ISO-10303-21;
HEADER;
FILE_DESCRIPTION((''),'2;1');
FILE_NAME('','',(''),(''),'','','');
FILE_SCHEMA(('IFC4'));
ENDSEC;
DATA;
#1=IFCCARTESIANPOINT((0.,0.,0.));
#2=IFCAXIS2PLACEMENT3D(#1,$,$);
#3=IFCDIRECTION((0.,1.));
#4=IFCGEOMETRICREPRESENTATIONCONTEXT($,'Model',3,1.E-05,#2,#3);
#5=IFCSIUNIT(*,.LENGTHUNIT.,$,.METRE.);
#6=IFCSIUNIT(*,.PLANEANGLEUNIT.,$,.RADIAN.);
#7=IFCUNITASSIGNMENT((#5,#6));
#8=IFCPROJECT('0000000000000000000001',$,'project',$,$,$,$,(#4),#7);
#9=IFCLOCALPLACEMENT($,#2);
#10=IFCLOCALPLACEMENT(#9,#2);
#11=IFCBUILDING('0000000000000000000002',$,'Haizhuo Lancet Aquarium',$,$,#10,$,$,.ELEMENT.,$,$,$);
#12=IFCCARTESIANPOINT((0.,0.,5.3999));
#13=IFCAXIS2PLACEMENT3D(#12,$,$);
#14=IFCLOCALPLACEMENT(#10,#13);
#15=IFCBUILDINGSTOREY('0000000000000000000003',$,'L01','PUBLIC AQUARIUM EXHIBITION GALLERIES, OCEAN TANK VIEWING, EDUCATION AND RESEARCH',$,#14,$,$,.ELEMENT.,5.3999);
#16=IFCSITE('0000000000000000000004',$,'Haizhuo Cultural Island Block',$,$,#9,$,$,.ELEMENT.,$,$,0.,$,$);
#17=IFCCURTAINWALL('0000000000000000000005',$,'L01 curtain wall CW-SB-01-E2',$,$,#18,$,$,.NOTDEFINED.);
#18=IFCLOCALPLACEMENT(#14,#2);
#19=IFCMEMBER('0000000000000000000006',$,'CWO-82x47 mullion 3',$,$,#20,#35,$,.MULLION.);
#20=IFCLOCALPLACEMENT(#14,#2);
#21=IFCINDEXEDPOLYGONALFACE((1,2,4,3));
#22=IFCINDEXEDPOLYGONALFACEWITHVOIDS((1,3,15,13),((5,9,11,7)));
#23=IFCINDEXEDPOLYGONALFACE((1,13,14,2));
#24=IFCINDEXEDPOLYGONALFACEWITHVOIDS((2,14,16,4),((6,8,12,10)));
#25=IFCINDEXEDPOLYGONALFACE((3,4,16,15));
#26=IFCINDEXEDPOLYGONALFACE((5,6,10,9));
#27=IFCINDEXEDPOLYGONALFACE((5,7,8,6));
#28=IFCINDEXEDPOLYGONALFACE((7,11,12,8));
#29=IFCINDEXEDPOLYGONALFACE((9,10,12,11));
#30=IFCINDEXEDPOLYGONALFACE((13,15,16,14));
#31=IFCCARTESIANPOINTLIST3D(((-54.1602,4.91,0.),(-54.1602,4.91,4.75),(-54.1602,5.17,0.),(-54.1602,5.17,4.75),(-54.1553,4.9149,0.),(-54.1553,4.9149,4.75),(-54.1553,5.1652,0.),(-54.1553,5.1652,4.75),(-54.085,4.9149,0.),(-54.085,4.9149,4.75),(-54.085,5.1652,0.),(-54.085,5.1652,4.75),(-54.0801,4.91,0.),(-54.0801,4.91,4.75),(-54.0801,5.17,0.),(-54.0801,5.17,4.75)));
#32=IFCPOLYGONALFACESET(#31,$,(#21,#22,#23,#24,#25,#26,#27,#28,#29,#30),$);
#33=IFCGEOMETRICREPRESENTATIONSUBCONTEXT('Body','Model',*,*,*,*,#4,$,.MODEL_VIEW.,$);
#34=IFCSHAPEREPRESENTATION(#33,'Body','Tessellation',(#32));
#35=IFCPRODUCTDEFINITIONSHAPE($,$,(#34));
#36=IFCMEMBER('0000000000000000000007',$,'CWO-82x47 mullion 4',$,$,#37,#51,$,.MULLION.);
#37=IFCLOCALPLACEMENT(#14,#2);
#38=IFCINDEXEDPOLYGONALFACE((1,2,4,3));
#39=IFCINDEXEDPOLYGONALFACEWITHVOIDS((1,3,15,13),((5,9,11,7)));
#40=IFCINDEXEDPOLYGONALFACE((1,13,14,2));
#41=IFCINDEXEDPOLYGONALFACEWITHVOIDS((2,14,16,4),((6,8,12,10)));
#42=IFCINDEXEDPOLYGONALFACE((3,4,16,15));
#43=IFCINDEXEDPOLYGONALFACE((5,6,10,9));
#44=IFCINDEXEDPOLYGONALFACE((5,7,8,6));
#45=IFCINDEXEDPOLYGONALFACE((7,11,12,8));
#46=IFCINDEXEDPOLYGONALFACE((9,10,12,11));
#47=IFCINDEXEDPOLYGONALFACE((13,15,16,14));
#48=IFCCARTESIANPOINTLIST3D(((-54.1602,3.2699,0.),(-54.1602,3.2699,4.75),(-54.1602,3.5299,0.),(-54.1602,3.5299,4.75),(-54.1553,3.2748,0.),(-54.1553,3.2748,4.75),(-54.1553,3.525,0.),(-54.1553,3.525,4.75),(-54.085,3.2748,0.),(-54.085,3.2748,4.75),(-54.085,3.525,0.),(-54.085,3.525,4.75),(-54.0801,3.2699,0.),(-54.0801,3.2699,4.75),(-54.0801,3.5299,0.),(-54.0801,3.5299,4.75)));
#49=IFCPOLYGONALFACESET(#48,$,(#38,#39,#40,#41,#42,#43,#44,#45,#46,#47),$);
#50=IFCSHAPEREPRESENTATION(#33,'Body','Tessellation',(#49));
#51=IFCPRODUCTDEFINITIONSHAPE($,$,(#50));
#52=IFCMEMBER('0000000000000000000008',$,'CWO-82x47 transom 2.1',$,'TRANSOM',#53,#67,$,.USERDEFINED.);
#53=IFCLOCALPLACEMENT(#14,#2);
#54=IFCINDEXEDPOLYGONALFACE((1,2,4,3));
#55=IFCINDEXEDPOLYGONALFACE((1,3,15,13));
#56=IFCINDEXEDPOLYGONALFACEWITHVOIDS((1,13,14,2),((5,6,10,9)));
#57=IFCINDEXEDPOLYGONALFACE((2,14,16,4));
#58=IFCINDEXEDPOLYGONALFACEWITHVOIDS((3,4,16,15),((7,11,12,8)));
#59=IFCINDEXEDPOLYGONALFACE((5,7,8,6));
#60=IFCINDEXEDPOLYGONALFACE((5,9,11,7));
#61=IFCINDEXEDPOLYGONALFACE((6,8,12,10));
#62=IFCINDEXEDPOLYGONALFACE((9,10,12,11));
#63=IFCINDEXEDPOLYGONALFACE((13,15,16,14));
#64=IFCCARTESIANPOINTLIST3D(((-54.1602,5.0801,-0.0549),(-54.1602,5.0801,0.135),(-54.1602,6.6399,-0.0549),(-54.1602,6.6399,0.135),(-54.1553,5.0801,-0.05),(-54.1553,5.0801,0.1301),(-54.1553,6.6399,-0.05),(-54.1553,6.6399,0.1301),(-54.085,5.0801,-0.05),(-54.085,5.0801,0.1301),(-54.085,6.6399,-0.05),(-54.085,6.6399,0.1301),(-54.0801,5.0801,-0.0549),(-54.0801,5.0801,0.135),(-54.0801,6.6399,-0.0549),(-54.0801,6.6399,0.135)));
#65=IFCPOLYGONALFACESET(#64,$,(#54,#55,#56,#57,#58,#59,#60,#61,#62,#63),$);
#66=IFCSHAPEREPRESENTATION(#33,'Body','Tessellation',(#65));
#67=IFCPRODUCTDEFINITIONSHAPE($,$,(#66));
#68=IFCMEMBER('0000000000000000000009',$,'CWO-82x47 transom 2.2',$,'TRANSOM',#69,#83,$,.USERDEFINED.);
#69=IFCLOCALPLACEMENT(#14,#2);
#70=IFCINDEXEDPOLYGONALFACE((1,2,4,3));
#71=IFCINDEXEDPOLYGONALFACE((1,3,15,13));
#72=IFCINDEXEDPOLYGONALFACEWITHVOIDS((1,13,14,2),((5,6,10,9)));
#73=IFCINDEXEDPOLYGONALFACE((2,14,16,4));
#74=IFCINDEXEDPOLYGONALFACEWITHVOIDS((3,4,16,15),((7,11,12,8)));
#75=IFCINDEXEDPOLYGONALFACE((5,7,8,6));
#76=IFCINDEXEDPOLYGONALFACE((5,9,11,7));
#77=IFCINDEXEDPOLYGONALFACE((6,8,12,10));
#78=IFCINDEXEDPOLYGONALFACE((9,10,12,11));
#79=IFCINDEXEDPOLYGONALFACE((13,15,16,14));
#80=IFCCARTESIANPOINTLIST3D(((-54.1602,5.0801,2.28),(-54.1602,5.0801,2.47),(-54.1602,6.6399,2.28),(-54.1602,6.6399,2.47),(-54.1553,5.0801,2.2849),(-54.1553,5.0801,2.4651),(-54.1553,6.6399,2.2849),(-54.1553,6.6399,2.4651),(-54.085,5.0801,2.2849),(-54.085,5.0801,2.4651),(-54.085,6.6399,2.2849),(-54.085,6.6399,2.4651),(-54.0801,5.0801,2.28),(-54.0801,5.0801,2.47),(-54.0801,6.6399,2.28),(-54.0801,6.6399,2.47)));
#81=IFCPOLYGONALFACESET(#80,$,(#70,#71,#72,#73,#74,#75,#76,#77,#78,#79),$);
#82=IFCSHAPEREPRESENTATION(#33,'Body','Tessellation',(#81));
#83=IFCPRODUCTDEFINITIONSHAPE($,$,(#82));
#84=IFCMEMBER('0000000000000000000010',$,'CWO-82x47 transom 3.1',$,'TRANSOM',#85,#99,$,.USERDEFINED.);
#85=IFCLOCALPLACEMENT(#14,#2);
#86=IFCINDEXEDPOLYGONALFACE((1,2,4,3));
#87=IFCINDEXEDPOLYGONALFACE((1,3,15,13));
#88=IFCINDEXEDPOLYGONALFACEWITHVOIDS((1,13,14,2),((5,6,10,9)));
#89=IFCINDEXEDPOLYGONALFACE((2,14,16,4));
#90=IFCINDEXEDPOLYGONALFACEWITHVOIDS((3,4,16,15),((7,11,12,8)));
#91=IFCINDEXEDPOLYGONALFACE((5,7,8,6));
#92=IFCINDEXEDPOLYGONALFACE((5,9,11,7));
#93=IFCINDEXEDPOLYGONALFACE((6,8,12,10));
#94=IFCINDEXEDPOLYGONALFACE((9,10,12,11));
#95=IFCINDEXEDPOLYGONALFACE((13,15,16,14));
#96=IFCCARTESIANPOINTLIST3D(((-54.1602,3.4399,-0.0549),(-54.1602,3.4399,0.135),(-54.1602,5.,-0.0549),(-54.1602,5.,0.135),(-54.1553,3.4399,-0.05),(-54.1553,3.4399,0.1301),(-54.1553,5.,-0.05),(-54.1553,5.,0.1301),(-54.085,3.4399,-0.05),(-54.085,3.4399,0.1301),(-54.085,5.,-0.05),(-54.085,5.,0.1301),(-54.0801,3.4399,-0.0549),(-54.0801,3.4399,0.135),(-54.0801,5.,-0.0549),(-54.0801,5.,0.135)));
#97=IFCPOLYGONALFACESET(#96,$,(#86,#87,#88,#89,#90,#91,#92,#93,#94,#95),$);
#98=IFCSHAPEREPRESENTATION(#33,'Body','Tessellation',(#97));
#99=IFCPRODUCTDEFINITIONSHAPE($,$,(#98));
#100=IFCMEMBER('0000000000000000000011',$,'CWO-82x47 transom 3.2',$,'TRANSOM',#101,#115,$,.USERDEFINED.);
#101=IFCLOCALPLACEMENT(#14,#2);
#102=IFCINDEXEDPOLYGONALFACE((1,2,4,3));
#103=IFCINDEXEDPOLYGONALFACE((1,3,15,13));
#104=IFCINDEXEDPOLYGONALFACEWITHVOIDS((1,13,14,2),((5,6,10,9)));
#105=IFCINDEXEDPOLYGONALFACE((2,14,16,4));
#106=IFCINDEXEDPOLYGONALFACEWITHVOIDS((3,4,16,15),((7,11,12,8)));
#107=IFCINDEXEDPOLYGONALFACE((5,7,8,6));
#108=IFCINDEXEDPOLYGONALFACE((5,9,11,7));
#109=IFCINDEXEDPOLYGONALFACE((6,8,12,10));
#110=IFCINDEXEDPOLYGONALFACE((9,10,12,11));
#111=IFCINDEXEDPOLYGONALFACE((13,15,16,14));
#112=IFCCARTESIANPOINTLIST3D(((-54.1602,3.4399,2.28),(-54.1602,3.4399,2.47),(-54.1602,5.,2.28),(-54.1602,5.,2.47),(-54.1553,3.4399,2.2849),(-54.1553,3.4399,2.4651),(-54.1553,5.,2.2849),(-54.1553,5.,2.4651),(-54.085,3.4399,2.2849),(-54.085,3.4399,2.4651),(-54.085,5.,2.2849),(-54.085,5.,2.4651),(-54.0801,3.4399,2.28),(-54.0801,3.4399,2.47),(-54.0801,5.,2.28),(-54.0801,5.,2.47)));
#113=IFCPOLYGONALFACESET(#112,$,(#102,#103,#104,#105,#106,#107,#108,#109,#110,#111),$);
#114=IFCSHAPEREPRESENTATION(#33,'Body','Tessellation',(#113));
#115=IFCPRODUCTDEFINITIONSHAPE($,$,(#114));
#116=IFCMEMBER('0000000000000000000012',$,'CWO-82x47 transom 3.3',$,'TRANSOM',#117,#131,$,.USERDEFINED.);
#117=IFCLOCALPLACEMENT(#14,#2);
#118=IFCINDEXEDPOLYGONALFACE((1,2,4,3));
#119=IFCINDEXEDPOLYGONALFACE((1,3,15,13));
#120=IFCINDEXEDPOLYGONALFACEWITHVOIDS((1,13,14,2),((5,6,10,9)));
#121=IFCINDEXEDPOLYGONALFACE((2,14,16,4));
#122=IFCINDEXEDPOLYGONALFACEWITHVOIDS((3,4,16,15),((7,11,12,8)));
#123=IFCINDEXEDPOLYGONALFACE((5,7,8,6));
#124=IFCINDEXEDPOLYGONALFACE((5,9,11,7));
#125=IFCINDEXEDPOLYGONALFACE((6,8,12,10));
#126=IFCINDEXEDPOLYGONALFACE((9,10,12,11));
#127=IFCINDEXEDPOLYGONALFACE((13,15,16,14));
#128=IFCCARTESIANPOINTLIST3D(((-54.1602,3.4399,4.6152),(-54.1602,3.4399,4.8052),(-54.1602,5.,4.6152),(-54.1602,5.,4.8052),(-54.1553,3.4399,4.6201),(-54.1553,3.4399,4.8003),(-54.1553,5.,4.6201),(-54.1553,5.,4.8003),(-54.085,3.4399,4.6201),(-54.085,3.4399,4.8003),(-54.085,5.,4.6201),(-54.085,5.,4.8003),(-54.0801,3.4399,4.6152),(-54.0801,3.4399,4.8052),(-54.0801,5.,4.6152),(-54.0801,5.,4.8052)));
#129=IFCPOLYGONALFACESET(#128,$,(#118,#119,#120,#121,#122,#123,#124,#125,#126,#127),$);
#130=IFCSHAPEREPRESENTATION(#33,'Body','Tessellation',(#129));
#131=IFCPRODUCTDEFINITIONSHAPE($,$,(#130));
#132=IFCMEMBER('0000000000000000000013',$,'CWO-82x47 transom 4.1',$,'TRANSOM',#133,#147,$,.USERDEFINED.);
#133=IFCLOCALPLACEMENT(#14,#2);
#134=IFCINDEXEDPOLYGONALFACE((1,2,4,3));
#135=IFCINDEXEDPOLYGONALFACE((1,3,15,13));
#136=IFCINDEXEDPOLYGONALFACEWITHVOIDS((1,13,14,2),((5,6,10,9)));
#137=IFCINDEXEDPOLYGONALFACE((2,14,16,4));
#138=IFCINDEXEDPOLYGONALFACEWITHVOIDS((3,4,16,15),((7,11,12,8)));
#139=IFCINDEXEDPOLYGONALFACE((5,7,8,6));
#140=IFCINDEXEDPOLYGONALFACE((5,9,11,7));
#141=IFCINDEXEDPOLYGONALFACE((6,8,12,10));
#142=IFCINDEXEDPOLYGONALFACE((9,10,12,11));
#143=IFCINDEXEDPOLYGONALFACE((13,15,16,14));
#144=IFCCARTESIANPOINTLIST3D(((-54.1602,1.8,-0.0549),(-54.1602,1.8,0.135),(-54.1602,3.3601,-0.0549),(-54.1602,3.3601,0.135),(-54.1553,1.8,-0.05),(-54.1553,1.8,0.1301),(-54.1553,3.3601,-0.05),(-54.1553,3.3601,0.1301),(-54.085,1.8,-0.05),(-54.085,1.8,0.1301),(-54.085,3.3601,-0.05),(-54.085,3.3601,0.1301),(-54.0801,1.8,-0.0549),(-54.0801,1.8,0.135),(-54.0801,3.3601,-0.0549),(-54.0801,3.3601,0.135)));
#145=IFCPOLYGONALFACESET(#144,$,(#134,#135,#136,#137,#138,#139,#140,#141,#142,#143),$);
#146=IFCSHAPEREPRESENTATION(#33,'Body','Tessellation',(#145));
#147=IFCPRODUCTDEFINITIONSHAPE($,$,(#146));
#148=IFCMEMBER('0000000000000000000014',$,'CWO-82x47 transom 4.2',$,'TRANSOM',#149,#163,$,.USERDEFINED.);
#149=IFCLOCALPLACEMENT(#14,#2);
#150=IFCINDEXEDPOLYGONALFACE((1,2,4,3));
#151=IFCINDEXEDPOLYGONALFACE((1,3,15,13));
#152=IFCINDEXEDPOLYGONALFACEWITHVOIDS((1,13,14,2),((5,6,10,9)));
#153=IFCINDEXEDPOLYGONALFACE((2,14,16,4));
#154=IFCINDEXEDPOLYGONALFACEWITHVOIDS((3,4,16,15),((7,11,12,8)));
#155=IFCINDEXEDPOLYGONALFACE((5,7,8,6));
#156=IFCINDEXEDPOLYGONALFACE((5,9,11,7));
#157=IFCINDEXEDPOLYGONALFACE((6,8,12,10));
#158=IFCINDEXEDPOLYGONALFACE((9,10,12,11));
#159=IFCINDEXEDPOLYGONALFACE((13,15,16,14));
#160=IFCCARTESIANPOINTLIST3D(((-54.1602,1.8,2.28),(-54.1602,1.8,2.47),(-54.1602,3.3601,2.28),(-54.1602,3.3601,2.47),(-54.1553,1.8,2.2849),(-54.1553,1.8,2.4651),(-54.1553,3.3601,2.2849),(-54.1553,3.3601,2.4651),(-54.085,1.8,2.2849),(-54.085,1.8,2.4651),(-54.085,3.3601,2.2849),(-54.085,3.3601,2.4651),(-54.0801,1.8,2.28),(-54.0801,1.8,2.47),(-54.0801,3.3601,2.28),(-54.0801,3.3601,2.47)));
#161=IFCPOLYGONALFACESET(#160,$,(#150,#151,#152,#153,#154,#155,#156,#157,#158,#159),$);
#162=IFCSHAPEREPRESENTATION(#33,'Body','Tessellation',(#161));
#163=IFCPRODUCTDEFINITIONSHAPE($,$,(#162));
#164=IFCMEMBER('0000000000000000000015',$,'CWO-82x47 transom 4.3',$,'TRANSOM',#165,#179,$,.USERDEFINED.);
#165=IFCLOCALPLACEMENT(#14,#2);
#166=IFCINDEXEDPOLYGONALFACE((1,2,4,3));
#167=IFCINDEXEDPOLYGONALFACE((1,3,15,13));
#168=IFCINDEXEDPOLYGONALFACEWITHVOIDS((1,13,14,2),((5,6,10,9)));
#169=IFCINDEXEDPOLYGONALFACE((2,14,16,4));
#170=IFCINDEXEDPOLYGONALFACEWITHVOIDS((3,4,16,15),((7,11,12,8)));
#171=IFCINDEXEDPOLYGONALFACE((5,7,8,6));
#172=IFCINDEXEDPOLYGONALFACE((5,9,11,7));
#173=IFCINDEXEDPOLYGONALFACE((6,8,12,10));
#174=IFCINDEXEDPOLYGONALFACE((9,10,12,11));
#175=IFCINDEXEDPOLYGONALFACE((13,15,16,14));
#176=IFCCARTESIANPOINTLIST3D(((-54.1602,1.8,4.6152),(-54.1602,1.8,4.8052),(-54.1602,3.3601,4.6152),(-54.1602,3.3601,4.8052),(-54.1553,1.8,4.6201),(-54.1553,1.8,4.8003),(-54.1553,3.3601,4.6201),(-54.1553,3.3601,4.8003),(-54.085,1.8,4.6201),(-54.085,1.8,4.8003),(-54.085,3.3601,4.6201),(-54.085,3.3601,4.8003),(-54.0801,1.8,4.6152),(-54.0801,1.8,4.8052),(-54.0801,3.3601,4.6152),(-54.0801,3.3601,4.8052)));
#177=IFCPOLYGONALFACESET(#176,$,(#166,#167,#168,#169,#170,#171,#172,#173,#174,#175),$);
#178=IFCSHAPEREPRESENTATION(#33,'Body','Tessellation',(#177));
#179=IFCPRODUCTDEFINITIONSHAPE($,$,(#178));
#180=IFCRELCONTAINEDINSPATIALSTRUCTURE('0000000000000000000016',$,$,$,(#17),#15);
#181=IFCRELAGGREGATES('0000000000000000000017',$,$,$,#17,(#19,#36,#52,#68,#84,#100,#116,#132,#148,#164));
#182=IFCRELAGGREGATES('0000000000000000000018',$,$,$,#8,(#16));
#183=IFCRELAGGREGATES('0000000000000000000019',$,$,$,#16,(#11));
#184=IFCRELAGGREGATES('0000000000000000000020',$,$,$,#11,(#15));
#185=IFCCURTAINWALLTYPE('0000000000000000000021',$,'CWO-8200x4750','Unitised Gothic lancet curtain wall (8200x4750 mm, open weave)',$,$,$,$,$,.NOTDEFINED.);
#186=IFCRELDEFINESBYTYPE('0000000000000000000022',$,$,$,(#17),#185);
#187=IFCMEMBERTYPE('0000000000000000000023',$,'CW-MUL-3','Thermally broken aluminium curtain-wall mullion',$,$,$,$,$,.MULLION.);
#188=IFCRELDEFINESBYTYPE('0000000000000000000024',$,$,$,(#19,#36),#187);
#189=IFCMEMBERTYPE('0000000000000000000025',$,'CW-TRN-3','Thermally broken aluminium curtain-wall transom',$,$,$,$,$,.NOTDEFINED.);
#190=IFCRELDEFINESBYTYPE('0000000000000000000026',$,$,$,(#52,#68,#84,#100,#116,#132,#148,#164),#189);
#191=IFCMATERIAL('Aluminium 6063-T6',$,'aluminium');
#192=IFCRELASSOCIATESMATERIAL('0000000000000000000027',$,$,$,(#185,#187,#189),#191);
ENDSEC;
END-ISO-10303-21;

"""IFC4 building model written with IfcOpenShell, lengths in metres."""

from ifc_helpers import new_model, si_unit, direction, frame, origin, origin_2d, place, context, subcontext, project, spatial, hollow_rectangle, extrude, material, material_profile, profile_set, type_object, element, aggregate, save


model = new_model("IFC4")

# Units and contexts
model_context = context("Model", 3, precision=1e-05, world=origin(), true_north=direction((0.0, 1.0)))
body_context = subcontext(model_context, "Body", "Model", "MODEL_VIEW")
ifc_project = project(units=[si_unit("LENGTHUNIT", "METRE"), si_unit("PLANEANGLEUNIT", "RADIAN")], contexts=[model_context])

# Site, building, storey
site_placement = place(None, origin())
site = spatial("IfcSite", under=ifc_project, at=site_placement, Name="Haizhuo Cultural Island Block", CompositionType="ELEMENT", RefElevation=0.0)
building_placement = place(site_placement, origin())
building = spatial("IfcBuilding", under=site, at=building_placement, Name="Haizhuo Lancet Aquarium", CompositionType="ELEMENT")
storey_placement = place(building_placement, frame((0.0, 0.0, 5.3999)))
storey = spatial("IfcBuildingStorey", under=building, at=storey_placement, Name="L01", Description="PUBLIC AQUARIUM EXHIBITION GALLERIES, OCEAN TANK VIEWING, EDUCATION AND RESEARCH", CompositionType="ELEMENT", Elevation=5.3999)

# Curtain wall, members
ifc_material_1 = material(Name="Aluminium 6063-T6", Category="aluminium")
curtain_wall_type = type_object("IfcCurtainWallType", Name="CWO-8200x4750", Description="Unitised Gothic lancet curtain wall (8200x4750 mm, open weave)", PredefinedType="NOTDEFINED", material=ifc_material_1)
curtain_wall_placement = place(storey_placement, origin())
curtain_wall = element("IfcCurtainWall", 1, at=curtain_wall_placement, inside=storey, type_object=curtain_wall_type, Name="L01 curtain wall CW-SB-01-E2", PredefinedType="NOTDEFINED")
ifc_material_profile_1 = material_profile(ifc_material_1, hollow_rectangle(XDim=0.0801, YDim=0.26, WallThickness=0.0049, at=origin_2d()), Name="ALU-M 80x260x5")
ifc_profile_set_1 = profile_set([ifc_material_profile_1], Name="Aluminium 6063-T6")
member_type_1 = type_object("IfcMemberType", Name="CW-MUL-3", Description="Thermally broken aluminium curtain-wall mullion", PredefinedType="MULLION", material=ifc_profile_set_1)
member_1_placement = place(storey_placement, frame((-54.1201, 5.04, 0.0), z_axis=(0.0, 0.0, 1.0), x_axis=(1.0, 0.0, 0.0)))
member_1 = element("IfcMember", 2, at=member_1_placement, type_object=member_type_1, Name="CWO-82x47 mullion 3", PredefinedType="MULLION", context=body_context, shape_type="SweptSolid", body=[
    extrude(hollow_rectangle(XDim=0.0801, YDim=0.26, WallThickness=0.0049, at=origin_2d()), origin(), (0.0, 0.0, 1.0), 4.75),
])
member_2_placement = place(storey_placement, frame((-54.1201, 3.3999, 0.0), z_axis=(0.0, 0.0, 1.0), x_axis=(1.0, 0.0, 0.0)))
member_2 = element("IfcMember", 3, at=member_2_placement, type_object=member_type_1, Name="CWO-82x47 mullion 4", PredefinedType="MULLION", context=body_context, shape_type="SweptSolid", body=[
    extrude(hollow_rectangle(XDim=0.0801, YDim=0.26, WallThickness=0.0049, at=origin_2d()), origin(), (0.0, 0.0, 1.0), 4.75),
])
ifc_material_profile_2 = material_profile(ifc_material_1, hollow_rectangle(XDim=0.0801, YDim=0.1899, WallThickness=0.0049, at=origin_2d()), Name="ALU-T 80x190x5")
ifc_profile_set_2 = profile_set([ifc_material_profile_2], Name="Aluminium 6063-T6")
member_type_2 = type_object("IfcMemberType", Name="CW-TRN-3", Description="Thermally broken aluminium curtain-wall transom", PredefinedType="NOTDEFINED", material=ifc_profile_set_2)
member_3_placement = place(storey_placement, frame((-54.1201, 6.6399, 0.04), z_axis=(0.0, -1.0, 0.0), x_axis=(1.0, 0.0, 0.0)))
member_3 = element("IfcMember", 4, at=member_3_placement, type_object=member_type_2, Name="CWO-82x47 transom 2.1", ObjectType="TRANSOM", PredefinedType="USERDEFINED", context=body_context, shape_type="SweptSolid", body=[
    extrude(hollow_rectangle(XDim=0.0801, YDim=0.1899, WallThickness=0.0049, at=origin_2d()), origin(), (0.0, 0.0, 1.0), 1.5598),
])
member_4_placement = place(storey_placement, frame((-54.1201, 6.6399, 2.375), z_axis=(0.0, -1.0, 0.0), x_axis=(1.0, 0.0, 0.0)))
member_4 = element("IfcMember", 5, at=member_4_placement, type_object=member_type_2, Name="CWO-82x47 transom 2.2", ObjectType="TRANSOM", PredefinedType="USERDEFINED", context=body_context, shape_type="SweptSolid", body=[
    extrude(hollow_rectangle(XDim=0.0801, YDim=0.1899, WallThickness=0.0049, at=origin_2d()), origin(), (0.0, 0.0, 1.0), 1.5598),
])
member_5_placement = place(storey_placement, frame((-54.1201, 5.0, 0.04), z_axis=(0.0, -1.0, 0.0), x_axis=(1.0, 0.0, 0.0)))
member_5 = element("IfcMember", 6, at=member_5_placement, type_object=member_type_2, Name="CWO-82x47 transom 3.1", ObjectType="TRANSOM", PredefinedType="USERDEFINED", context=body_context, shape_type="SweptSolid", body=[
    extrude(hollow_rectangle(XDim=0.0801, YDim=0.1899, WallThickness=0.0049, at=origin_2d()), origin(), (0.0, 0.0, 1.0), 1.5601),
])
member_6_placement = place(storey_placement, frame((-54.1201, 5.0, 2.375), z_axis=(0.0, -1.0, 0.0), x_axis=(1.0, 0.0, 0.0)))
member_6 = element("IfcMember", 7, at=member_6_placement, type_object=member_type_2, Name="CWO-82x47 transom 3.2", ObjectType="TRANSOM", PredefinedType="USERDEFINED", context=body_context, shape_type="SweptSolid", body=[
    extrude(hollow_rectangle(XDim=0.0801, YDim=0.1899, WallThickness=0.0049, at=origin_2d()), origin(), (0.0, 0.0, 1.0), 1.5601),
])
member_7_placement = place(storey_placement, frame((-54.1201, 5.0, 4.7102), z_axis=(0.0, -1.0, 0.0), x_axis=(1.0, 0.0, 0.0)))
member_7 = element("IfcMember", 8, at=member_7_placement, type_object=member_type_2, Name="CWO-82x47 transom 3.3", ObjectType="TRANSOM", PredefinedType="USERDEFINED", context=body_context, shape_type="SweptSolid", body=[
    extrude(hollow_rectangle(XDim=0.0801, YDim=0.1899, WallThickness=0.0049, at=origin_2d()), origin(), (0.0, 0.0, 1.0), 1.5601),
])
member_8_placement = place(storey_placement, frame((-54.1201, 3.3601, 0.04), z_axis=(0.0, -1.0, 0.0), x_axis=(1.0, 0.0, 0.0)))
member_8 = element("IfcMember", 9, at=member_8_placement, type_object=member_type_2, Name="CWO-82x47 transom 4.1", ObjectType="TRANSOM", PredefinedType="USERDEFINED", context=body_context, shape_type="SweptSolid", body=[
    extrude(hollow_rectangle(XDim=0.0801, YDim=0.1899, WallThickness=0.0049, at=origin_2d()), origin(), (0.0, 0.0, 1.0), 1.5601),
])
member_9_placement = place(storey_placement, frame((-54.1201, 3.3601, 2.375), z_axis=(0.0, -1.0, 0.0), x_axis=(1.0, 0.0, 0.0)))
member_9 = element("IfcMember", 10, at=member_9_placement, type_object=member_type_2, Name="CWO-82x47 transom 4.2", ObjectType="TRANSOM", PredefinedType="USERDEFINED", context=body_context, shape_type="SweptSolid", body=[
    extrude(hollow_rectangle(XDim=0.0801, YDim=0.1899, WallThickness=0.0049, at=origin_2d()), origin(), (0.0, 0.0, 1.0), 1.5601),
])
member_10_placement = place(storey_placement, frame((-54.1201, 3.3601, 4.7102), z_axis=(0.0, -1.0, 0.0), x_axis=(1.0, 0.0, 0.0)))
member_10 = element("IfcMember", 11, at=member_10_placement, type_object=member_type_2, Name="CWO-82x47 transom 4.3", ObjectType="TRANSOM", PredefinedType="USERDEFINED", context=body_context, shape_type="SweptSolid", body=[
    extrude(hollow_rectangle(XDim=0.0801, YDim=0.1899, WallThickness=0.0049, at=origin_2d()), origin(), (0.0, 0.0, 1.0), 1.5601),
])

aggregate(curtain_wall, [member_1, member_2, member_3, member_4, member_5, member_6, member_7, member_8, member_9, member_10])

save(model, "model.ifc")
